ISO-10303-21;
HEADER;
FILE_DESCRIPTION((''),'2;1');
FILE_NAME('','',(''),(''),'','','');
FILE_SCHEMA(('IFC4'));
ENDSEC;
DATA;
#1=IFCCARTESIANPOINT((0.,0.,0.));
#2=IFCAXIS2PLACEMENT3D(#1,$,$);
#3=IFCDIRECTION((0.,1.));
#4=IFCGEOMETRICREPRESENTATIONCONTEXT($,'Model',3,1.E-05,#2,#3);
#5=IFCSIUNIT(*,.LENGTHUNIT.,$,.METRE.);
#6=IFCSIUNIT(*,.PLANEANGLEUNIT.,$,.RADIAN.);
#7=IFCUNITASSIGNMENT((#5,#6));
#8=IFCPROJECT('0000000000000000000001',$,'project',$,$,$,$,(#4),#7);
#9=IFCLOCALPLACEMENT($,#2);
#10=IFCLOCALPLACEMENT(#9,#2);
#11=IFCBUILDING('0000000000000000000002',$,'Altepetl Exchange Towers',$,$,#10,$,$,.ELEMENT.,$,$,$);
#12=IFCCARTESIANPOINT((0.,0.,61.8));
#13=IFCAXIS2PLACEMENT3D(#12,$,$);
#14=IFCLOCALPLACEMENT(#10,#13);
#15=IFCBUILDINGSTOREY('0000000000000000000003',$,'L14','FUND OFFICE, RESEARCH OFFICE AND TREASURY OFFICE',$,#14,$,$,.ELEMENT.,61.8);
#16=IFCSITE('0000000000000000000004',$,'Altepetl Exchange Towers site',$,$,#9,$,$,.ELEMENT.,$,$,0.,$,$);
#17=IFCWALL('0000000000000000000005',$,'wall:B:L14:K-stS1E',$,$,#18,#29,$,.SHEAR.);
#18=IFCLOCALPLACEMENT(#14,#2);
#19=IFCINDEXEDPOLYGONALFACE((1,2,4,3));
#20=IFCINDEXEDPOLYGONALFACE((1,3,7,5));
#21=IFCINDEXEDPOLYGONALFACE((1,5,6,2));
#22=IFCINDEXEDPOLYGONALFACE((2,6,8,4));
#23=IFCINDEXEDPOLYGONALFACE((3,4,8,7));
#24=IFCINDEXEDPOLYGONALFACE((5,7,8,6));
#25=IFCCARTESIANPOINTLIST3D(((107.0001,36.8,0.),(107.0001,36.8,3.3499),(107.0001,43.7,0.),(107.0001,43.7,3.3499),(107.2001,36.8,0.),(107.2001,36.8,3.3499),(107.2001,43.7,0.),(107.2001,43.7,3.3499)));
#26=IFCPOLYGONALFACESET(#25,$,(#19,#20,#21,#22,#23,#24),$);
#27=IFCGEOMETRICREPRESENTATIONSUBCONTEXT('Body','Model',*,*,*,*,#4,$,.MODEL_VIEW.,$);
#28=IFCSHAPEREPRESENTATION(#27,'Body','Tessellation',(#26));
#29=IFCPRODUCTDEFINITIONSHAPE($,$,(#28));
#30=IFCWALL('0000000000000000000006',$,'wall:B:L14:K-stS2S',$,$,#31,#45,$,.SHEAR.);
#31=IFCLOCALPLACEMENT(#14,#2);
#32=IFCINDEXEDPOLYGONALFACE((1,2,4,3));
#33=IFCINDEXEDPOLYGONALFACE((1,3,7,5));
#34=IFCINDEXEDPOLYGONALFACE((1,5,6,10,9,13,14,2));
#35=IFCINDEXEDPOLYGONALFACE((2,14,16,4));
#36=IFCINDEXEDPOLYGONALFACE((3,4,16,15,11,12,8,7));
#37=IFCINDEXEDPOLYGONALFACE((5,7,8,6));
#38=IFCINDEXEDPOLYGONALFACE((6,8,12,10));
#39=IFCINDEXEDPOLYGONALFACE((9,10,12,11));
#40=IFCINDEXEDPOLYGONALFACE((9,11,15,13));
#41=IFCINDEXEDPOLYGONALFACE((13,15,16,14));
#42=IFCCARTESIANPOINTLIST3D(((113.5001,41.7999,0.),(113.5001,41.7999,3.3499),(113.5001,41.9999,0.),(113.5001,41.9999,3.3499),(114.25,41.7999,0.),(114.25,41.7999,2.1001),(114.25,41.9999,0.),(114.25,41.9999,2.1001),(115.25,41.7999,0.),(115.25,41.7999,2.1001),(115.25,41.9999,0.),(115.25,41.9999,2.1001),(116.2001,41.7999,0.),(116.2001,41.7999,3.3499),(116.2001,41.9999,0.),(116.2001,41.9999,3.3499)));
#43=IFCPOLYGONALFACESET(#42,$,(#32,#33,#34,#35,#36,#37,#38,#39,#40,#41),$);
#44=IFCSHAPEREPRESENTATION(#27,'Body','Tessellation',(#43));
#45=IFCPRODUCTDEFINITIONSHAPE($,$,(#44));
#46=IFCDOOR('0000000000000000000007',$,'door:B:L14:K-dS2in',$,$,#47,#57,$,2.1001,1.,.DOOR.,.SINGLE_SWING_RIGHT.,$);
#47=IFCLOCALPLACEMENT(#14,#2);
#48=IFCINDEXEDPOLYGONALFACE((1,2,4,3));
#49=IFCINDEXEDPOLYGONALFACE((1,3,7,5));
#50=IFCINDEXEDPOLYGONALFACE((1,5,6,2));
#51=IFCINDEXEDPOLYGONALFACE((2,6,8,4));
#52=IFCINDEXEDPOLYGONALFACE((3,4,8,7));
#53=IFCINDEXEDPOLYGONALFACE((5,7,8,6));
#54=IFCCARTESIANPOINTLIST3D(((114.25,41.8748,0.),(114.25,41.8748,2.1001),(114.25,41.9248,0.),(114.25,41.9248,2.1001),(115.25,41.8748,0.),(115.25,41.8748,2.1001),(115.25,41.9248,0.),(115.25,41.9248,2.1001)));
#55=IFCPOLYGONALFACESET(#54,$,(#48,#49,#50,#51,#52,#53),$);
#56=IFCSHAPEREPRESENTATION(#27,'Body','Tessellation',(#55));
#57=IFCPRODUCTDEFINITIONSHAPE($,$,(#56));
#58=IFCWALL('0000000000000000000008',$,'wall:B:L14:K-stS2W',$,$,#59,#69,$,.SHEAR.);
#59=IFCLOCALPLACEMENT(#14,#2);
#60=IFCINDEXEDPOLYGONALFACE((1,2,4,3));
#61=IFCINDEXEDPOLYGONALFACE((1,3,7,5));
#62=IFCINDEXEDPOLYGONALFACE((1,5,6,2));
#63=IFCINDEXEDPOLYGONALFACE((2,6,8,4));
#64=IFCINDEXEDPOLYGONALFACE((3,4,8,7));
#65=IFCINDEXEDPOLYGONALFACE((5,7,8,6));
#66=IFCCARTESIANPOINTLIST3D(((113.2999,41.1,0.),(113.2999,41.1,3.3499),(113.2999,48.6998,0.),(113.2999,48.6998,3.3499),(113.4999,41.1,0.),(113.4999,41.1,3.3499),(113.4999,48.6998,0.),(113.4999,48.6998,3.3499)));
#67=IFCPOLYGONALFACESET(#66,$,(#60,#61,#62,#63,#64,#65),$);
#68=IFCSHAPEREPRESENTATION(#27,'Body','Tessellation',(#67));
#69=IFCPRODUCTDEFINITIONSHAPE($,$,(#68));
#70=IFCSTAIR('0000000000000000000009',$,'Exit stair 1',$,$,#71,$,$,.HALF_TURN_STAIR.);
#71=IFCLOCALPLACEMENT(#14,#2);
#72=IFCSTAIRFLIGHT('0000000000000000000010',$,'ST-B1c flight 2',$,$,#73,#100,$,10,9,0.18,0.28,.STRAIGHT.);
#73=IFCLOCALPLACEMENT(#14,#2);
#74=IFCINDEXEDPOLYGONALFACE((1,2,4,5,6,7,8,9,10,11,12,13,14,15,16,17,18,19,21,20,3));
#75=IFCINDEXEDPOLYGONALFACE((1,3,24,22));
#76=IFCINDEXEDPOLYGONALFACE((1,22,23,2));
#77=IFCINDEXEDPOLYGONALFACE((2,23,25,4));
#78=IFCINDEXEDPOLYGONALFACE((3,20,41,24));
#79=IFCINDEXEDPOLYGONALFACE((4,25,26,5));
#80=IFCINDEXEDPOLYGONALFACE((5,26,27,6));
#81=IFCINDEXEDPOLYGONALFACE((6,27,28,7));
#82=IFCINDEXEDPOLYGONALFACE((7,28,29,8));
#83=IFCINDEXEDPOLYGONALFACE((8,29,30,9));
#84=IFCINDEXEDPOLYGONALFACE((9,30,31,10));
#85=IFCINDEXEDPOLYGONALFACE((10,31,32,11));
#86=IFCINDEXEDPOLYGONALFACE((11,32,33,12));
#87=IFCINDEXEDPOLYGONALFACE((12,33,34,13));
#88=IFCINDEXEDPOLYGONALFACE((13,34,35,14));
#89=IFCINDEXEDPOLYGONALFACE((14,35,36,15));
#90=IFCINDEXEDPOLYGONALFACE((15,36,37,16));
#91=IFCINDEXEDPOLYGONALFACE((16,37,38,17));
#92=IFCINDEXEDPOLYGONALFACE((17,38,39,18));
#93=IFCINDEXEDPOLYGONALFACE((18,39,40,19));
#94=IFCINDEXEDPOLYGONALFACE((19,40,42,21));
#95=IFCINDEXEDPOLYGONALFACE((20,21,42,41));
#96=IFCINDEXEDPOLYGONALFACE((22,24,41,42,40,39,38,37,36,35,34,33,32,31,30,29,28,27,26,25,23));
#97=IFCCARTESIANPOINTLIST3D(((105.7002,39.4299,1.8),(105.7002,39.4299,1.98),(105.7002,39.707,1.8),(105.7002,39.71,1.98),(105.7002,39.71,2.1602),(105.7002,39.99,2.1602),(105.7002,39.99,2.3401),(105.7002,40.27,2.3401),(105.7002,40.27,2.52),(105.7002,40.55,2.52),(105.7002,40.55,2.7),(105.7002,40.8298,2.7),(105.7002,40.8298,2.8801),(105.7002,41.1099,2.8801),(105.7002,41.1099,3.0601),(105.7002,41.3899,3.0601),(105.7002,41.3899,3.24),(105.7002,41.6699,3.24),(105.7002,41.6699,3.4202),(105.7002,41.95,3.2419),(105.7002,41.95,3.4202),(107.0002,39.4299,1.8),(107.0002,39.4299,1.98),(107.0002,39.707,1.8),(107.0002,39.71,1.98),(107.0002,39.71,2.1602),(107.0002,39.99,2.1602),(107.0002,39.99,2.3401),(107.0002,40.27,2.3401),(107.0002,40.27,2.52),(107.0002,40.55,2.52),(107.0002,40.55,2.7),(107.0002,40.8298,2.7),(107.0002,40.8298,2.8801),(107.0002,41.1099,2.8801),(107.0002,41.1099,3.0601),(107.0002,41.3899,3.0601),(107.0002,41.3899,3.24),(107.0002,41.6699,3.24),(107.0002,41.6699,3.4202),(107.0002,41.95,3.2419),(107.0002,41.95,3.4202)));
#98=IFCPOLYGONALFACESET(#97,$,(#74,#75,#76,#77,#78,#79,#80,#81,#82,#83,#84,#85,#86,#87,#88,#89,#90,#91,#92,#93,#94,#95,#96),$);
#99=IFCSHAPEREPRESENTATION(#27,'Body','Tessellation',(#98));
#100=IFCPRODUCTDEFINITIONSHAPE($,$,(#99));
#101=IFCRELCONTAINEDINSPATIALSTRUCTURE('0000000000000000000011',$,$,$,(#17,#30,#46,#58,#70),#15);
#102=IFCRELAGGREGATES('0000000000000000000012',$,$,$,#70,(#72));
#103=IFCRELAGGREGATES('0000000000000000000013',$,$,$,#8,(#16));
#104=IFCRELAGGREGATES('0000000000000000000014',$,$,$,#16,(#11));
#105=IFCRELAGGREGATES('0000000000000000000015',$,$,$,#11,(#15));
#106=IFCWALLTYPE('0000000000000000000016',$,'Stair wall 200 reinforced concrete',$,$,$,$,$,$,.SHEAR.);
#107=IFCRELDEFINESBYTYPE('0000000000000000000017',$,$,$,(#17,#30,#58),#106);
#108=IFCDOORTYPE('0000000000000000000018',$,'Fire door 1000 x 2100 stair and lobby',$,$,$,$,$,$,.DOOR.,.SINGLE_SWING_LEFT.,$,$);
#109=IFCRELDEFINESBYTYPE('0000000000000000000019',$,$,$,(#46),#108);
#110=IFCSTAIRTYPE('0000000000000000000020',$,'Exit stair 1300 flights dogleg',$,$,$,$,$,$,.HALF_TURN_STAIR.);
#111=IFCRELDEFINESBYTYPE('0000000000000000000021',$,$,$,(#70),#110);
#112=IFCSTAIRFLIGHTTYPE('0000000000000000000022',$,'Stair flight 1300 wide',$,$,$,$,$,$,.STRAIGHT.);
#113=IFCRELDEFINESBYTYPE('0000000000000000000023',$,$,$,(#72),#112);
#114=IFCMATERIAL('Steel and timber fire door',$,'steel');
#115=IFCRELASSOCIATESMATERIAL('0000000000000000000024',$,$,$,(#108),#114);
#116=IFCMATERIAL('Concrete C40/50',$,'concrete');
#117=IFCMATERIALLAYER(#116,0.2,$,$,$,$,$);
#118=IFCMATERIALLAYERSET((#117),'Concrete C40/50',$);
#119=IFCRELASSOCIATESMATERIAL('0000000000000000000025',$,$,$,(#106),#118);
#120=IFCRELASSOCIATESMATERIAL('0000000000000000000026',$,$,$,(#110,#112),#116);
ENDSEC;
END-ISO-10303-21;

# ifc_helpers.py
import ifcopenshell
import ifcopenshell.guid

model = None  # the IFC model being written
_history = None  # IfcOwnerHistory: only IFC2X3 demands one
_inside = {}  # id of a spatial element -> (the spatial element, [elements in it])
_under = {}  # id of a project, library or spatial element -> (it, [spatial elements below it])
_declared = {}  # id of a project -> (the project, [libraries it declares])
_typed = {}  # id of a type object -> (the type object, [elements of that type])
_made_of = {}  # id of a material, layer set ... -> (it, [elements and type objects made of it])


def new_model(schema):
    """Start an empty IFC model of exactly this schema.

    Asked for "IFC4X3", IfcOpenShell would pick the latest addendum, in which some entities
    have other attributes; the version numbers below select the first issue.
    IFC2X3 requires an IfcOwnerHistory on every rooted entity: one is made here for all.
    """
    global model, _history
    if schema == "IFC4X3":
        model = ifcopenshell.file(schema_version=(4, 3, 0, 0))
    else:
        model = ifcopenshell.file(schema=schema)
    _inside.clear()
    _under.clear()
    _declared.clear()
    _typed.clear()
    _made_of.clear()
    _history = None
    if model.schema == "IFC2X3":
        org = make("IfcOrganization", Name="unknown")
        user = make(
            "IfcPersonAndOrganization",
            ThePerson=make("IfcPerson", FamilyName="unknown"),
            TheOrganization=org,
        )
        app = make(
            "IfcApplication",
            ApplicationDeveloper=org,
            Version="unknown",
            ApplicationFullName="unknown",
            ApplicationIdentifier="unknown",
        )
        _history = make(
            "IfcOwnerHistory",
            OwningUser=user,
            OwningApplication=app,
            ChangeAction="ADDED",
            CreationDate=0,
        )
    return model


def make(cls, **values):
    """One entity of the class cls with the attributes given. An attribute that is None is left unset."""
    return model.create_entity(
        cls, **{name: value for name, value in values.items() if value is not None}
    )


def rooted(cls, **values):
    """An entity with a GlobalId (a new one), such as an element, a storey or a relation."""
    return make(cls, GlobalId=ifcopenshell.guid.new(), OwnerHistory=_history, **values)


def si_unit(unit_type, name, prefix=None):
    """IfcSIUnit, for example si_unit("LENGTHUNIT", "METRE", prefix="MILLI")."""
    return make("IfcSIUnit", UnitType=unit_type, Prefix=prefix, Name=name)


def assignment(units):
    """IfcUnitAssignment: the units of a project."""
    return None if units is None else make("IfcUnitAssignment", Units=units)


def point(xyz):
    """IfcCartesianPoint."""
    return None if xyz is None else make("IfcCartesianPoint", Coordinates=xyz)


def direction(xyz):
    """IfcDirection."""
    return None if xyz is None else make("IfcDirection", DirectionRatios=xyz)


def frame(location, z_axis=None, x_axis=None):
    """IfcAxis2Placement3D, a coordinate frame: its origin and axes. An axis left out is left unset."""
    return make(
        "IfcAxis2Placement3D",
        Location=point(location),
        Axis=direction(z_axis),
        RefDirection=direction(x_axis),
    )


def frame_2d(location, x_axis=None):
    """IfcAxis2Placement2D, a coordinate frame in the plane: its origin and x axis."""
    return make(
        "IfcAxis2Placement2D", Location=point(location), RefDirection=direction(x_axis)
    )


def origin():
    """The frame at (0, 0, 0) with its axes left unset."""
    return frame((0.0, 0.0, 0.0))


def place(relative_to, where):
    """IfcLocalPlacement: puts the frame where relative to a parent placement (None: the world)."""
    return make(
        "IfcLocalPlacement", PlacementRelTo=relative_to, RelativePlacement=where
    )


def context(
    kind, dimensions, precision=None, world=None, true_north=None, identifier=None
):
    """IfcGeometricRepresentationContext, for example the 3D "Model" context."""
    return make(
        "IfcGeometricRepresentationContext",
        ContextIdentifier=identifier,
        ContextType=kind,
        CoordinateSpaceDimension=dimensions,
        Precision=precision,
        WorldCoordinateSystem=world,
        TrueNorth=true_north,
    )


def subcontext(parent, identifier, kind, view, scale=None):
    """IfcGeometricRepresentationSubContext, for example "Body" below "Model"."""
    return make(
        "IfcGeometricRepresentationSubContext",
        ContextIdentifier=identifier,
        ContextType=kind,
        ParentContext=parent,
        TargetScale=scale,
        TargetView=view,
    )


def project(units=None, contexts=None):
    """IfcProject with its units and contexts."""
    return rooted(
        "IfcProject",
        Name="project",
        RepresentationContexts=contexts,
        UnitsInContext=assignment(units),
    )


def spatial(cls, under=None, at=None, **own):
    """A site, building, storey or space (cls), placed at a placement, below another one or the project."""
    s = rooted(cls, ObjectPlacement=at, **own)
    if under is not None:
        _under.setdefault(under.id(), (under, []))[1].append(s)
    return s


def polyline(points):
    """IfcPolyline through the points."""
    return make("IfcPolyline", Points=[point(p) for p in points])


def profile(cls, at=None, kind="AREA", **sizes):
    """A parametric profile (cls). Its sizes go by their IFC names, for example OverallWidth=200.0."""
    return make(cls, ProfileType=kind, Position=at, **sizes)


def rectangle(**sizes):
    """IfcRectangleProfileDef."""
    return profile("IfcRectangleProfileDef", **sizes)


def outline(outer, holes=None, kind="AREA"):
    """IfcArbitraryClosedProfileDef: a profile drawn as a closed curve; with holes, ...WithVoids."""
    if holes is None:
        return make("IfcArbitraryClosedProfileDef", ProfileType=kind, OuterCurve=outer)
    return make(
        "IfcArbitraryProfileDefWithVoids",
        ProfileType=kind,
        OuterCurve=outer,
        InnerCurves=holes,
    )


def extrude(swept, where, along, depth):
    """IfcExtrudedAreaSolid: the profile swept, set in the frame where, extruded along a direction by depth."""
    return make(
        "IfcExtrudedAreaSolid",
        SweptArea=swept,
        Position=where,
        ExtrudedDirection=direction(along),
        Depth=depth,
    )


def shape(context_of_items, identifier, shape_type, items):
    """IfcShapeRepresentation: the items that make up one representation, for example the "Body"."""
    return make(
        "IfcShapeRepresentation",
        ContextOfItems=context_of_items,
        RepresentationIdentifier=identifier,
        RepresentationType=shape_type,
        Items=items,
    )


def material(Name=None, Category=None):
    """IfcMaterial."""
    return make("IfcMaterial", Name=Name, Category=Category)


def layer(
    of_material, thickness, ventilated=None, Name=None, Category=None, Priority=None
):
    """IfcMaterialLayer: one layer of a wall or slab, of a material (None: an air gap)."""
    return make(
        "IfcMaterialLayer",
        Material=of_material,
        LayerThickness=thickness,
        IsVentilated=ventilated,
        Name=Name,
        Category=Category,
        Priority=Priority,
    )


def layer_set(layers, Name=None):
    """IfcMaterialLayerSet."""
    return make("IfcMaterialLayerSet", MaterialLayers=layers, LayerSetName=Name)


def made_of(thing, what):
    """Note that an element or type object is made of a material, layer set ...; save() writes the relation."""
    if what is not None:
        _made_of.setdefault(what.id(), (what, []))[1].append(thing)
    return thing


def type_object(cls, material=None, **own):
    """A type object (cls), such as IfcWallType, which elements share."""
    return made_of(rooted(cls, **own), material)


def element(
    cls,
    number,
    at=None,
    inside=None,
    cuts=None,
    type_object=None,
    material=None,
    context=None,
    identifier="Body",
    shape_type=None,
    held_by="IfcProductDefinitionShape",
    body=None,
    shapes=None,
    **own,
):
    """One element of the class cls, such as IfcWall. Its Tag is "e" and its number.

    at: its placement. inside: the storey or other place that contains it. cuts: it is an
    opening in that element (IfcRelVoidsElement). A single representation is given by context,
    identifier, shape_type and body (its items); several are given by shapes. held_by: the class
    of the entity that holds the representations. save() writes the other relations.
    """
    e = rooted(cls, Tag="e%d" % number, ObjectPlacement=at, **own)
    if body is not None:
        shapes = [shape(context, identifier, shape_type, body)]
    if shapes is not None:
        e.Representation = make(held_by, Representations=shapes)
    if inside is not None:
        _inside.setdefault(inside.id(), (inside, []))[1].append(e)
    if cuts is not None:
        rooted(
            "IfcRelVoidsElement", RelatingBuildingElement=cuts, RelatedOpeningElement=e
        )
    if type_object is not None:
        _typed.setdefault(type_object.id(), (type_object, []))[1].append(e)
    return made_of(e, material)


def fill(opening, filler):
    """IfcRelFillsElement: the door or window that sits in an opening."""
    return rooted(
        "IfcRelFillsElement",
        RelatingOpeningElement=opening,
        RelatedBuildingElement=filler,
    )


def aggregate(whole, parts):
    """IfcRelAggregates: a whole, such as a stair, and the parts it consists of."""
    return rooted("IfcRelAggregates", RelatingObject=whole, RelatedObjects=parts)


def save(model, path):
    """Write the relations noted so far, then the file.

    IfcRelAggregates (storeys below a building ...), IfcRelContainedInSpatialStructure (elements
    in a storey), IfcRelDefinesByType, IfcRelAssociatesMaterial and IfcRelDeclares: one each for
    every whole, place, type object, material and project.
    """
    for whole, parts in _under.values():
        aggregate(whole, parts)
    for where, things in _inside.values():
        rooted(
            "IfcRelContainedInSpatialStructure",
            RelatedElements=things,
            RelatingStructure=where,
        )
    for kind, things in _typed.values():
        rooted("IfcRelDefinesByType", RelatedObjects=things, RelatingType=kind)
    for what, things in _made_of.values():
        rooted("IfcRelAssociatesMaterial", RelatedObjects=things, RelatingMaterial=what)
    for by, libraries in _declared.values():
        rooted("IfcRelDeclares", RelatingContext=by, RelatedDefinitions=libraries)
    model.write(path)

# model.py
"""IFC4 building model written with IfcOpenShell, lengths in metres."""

from ifc_helpers import new_model, si_unit, direction, frame, frame_2d, origin, place, context, subcontext, project, spatial, polyline, rectangle, outline, extrude, material, layer, layer_set, type_object, element, fill, aggregate, save


model = new_model("IFC4")

# Units and contexts
model_context = context("Model", 3, precision=1e-05, world=origin(), true_north=direction((0.0, 1.0)))
body_context = subcontext(model_context, "Body", "Model", "MODEL_VIEW")
ifc_project = project(units=[si_unit("LENGTHUNIT", "METRE"), si_unit("PLANEANGLEUNIT", "RADIAN")], contexts=[model_context])

# Site, building, storey
site_placement = place(None, origin())
site = spatial("IfcSite", under=ifc_project, at=site_placement, Name="Altepetl Exchange Towers site", CompositionType="ELEMENT", RefElevation=0.0)
building_placement = place(site_placement, origin())
building = spatial("IfcBuilding", under=site, at=building_placement, Name="Altepetl Exchange Towers", CompositionType="ELEMENT")
storey_placement = place(building_placement, frame((0.0, 0.0, 61.8)))
storey = spatial("IfcBuildingStorey", under=building, at=storey_placement, Name="L14", Description="FUND OFFICE, RESEARCH OFFICE AND TREASURY OFFICE", CompositionType="ELEMENT", Elevation=61.8)

# Shared definitions
ifc_material_1 = material(Name="Steel and timber fire door", Category="steel")
door_type_1 = type_object("IfcDoorType", Name="Fire door 1000 x 2100 stair and lobby", OperationType="SINGLE_SWING_LEFT", PredefinedType="DOOR", material=ifc_material_1)

# Shared definitions
ifc_material_2 = material(Name="Concrete C40/50", Category="concrete")

# Wall
ifc_layer_1 = layer(ifc_material_2, 0.2)
ifc_layer_set_1 = layer_set([ifc_layer_1], Name="Concrete C40/50")
wall_type_1 = type_object("IfcWallType", Name="Stair wall 200 reinforced concrete", PredefinedType="SHEAR", material=ifc_layer_set_1)
wall_1_placement = place(storey_placement, frame((107.1001, 36.8, 0.0), z_axis=(0.0, 0.0, 1.0), x_axis=(0.0, 1.0, 0.0)))
element("IfcWall", 1, at=wall_1_placement, inside=storey, type_object=wall_type_1, Name="wall:B:L14:K-stS1E", PredefinedType="SHEAR", context=body_context, shape_type="SweptSolid", body=[
    extrude(rectangle(XDim=6.8999, YDim=0.2, at=frame_2d((3.45, 0.0))), origin(), (0.0, 0.0, 1.0), 3.3499),
])

# Wall, opening, door
wall_2_placement = place(storey_placement, frame((113.5, 41.8999, 0.0)))
wall_2 = element("IfcWall", 2, at=wall_2_placement, inside=storey, type_object=wall_type_1, Name="wall:B:L14:K-stS2S", PredefinedType="SHEAR", context=body_context, shape_type="SweptSolid", body=[
    extrude(rectangle(XDim=2.7, YDim=0.2, at=frame_2d((1.3501, 0.0))), origin(), (0.0, 0.0, 1.0), 3.3499),
])
opening_1_placement = place(wall_2_placement, frame((0.75, 0.0, 0.0)))
opening_1 = element("IfcOpeningElement", 3, at=opening_1_placement, cuts=wall_2, PredefinedType="OPENING", context=body_context, shape_type="SweptSolid", body=[
    extrude(rectangle(XDim=1.0, YDim=2.1001, at=frame_2d((0.5, 1.05))), frame((0.0, 0.1099, 0.0), z_axis=(0.0, -1.0, 0.0), x_axis=(1.0, 0.0, 0.0)), (0.0, 0.0, 1.0), 0.22),
])
door_1_placement = place(opening_1_placement, origin())
door_1 = element("IfcDoor", 4, at=door_1_placement, inside=storey, type_object=door_type_1, Name="door:B:L14:K-dS2in", OperationType="SINGLE_SWING_RIGHT", OverallHeight=2.1001, OverallWidth=1.0, PredefinedType="DOOR", context=body_context, shape_type="SweptSolid", body=[
    extrude(rectangle(XDim=1.0, YDim=2.1001, at=frame_2d((0.5, 1.05))), frame((0.0, 0.0249, 0.0), z_axis=(0.0, -1.0, 0.0), x_axis=(1.0, 0.0, 0.0)), (0.0, 0.0, 1.0), 0.05),
])
fill(opening_1, door_1)

# Wall
wall_3_placement = place(storey_placement, frame((113.3999, 41.1001, 0.0), z_axis=(0.0, 0.0, 1.0), x_axis=(0.0, 1.0, 0.0)))
element("IfcWall", 5, at=wall_3_placement, inside=storey, type_object=wall_type_1, Name="wall:B:L14:K-stS2W", PredefinedType="SHEAR", context=body_context, shape_type="SweptSolid", body=[
    extrude(rectangle(XDim=7.5999, YDim=0.2, at=frame_2d((3.7998, 0.0))), origin(), (0.0, 0.0, 1.0), 3.3499),
])

# Stair, stair flight
stair_type = type_object("IfcStairType", Name="Exit stair 1300 flights dogleg", PredefinedType="HALF_TURN_STAIR", material=ifc_material_2)
stair_placement = place(storey_placement, origin())
stair = element("IfcStair", 6, at=stair_placement, inside=storey, type_object=stair_type, Name="Exit stair 1", PredefinedType="HALF_TURN_STAIR")
stair_flight_type = type_object("IfcStairFlightType", Name="Stair flight 1300 wide", PredefinedType="STRAIGHT", material=ifc_material_2)
stair_flight_placement = place(storey_placement, frame((106.3501, 39.4299, 1.8), z_axis=(0.0, 0.0, 1.0), x_axis=(0.0, 1.0, 0.0)))
stair_flight = element("IfcStairFlight", 7, at=stair_flight_placement, type_object=stair_flight_type, Name="ST-B1c flight 2", NumberOfRisers=10, NumberOfTreads=9, PredefinedType="STRAIGHT", RiserHeight=0.18, TreadLength=0.28, context=body_context, shape_type="SweptSolid", body=[
    extrude(outline(polyline([(0.0, 0.0), (0.0, 0.1799), (0.28, 0.1799), (0.28, 0.3601), (0.5601, 0.3601), (0.5601, 0.54), (0.8401, 0.54), (0.8401, 0.72), (1.1201, 0.72), (1.1201, 0.8999), (1.3999, 0.8999), (1.3999, 1.0801), (1.6799, 1.0801), (1.6799, 1.26), (1.96, 1.26), (1.96, 1.4399), (2.24, 1.4399), (2.24, 1.6201), (2.52, 1.6201), (2.52, 1.8), (2.52, 1.4419), (0.2771, 0.0), (0.0, 0.0)])), frame((0.0, 0.6499, 0.0), z_axis=(0.0, -1.0, 0.0), x_axis=(1.0, 0.0, 0.0)), (0.0, 0.0, 1.0), 1.3),
])
aggregate(stair, [stair_flight])

save(model, "model.ifc")
